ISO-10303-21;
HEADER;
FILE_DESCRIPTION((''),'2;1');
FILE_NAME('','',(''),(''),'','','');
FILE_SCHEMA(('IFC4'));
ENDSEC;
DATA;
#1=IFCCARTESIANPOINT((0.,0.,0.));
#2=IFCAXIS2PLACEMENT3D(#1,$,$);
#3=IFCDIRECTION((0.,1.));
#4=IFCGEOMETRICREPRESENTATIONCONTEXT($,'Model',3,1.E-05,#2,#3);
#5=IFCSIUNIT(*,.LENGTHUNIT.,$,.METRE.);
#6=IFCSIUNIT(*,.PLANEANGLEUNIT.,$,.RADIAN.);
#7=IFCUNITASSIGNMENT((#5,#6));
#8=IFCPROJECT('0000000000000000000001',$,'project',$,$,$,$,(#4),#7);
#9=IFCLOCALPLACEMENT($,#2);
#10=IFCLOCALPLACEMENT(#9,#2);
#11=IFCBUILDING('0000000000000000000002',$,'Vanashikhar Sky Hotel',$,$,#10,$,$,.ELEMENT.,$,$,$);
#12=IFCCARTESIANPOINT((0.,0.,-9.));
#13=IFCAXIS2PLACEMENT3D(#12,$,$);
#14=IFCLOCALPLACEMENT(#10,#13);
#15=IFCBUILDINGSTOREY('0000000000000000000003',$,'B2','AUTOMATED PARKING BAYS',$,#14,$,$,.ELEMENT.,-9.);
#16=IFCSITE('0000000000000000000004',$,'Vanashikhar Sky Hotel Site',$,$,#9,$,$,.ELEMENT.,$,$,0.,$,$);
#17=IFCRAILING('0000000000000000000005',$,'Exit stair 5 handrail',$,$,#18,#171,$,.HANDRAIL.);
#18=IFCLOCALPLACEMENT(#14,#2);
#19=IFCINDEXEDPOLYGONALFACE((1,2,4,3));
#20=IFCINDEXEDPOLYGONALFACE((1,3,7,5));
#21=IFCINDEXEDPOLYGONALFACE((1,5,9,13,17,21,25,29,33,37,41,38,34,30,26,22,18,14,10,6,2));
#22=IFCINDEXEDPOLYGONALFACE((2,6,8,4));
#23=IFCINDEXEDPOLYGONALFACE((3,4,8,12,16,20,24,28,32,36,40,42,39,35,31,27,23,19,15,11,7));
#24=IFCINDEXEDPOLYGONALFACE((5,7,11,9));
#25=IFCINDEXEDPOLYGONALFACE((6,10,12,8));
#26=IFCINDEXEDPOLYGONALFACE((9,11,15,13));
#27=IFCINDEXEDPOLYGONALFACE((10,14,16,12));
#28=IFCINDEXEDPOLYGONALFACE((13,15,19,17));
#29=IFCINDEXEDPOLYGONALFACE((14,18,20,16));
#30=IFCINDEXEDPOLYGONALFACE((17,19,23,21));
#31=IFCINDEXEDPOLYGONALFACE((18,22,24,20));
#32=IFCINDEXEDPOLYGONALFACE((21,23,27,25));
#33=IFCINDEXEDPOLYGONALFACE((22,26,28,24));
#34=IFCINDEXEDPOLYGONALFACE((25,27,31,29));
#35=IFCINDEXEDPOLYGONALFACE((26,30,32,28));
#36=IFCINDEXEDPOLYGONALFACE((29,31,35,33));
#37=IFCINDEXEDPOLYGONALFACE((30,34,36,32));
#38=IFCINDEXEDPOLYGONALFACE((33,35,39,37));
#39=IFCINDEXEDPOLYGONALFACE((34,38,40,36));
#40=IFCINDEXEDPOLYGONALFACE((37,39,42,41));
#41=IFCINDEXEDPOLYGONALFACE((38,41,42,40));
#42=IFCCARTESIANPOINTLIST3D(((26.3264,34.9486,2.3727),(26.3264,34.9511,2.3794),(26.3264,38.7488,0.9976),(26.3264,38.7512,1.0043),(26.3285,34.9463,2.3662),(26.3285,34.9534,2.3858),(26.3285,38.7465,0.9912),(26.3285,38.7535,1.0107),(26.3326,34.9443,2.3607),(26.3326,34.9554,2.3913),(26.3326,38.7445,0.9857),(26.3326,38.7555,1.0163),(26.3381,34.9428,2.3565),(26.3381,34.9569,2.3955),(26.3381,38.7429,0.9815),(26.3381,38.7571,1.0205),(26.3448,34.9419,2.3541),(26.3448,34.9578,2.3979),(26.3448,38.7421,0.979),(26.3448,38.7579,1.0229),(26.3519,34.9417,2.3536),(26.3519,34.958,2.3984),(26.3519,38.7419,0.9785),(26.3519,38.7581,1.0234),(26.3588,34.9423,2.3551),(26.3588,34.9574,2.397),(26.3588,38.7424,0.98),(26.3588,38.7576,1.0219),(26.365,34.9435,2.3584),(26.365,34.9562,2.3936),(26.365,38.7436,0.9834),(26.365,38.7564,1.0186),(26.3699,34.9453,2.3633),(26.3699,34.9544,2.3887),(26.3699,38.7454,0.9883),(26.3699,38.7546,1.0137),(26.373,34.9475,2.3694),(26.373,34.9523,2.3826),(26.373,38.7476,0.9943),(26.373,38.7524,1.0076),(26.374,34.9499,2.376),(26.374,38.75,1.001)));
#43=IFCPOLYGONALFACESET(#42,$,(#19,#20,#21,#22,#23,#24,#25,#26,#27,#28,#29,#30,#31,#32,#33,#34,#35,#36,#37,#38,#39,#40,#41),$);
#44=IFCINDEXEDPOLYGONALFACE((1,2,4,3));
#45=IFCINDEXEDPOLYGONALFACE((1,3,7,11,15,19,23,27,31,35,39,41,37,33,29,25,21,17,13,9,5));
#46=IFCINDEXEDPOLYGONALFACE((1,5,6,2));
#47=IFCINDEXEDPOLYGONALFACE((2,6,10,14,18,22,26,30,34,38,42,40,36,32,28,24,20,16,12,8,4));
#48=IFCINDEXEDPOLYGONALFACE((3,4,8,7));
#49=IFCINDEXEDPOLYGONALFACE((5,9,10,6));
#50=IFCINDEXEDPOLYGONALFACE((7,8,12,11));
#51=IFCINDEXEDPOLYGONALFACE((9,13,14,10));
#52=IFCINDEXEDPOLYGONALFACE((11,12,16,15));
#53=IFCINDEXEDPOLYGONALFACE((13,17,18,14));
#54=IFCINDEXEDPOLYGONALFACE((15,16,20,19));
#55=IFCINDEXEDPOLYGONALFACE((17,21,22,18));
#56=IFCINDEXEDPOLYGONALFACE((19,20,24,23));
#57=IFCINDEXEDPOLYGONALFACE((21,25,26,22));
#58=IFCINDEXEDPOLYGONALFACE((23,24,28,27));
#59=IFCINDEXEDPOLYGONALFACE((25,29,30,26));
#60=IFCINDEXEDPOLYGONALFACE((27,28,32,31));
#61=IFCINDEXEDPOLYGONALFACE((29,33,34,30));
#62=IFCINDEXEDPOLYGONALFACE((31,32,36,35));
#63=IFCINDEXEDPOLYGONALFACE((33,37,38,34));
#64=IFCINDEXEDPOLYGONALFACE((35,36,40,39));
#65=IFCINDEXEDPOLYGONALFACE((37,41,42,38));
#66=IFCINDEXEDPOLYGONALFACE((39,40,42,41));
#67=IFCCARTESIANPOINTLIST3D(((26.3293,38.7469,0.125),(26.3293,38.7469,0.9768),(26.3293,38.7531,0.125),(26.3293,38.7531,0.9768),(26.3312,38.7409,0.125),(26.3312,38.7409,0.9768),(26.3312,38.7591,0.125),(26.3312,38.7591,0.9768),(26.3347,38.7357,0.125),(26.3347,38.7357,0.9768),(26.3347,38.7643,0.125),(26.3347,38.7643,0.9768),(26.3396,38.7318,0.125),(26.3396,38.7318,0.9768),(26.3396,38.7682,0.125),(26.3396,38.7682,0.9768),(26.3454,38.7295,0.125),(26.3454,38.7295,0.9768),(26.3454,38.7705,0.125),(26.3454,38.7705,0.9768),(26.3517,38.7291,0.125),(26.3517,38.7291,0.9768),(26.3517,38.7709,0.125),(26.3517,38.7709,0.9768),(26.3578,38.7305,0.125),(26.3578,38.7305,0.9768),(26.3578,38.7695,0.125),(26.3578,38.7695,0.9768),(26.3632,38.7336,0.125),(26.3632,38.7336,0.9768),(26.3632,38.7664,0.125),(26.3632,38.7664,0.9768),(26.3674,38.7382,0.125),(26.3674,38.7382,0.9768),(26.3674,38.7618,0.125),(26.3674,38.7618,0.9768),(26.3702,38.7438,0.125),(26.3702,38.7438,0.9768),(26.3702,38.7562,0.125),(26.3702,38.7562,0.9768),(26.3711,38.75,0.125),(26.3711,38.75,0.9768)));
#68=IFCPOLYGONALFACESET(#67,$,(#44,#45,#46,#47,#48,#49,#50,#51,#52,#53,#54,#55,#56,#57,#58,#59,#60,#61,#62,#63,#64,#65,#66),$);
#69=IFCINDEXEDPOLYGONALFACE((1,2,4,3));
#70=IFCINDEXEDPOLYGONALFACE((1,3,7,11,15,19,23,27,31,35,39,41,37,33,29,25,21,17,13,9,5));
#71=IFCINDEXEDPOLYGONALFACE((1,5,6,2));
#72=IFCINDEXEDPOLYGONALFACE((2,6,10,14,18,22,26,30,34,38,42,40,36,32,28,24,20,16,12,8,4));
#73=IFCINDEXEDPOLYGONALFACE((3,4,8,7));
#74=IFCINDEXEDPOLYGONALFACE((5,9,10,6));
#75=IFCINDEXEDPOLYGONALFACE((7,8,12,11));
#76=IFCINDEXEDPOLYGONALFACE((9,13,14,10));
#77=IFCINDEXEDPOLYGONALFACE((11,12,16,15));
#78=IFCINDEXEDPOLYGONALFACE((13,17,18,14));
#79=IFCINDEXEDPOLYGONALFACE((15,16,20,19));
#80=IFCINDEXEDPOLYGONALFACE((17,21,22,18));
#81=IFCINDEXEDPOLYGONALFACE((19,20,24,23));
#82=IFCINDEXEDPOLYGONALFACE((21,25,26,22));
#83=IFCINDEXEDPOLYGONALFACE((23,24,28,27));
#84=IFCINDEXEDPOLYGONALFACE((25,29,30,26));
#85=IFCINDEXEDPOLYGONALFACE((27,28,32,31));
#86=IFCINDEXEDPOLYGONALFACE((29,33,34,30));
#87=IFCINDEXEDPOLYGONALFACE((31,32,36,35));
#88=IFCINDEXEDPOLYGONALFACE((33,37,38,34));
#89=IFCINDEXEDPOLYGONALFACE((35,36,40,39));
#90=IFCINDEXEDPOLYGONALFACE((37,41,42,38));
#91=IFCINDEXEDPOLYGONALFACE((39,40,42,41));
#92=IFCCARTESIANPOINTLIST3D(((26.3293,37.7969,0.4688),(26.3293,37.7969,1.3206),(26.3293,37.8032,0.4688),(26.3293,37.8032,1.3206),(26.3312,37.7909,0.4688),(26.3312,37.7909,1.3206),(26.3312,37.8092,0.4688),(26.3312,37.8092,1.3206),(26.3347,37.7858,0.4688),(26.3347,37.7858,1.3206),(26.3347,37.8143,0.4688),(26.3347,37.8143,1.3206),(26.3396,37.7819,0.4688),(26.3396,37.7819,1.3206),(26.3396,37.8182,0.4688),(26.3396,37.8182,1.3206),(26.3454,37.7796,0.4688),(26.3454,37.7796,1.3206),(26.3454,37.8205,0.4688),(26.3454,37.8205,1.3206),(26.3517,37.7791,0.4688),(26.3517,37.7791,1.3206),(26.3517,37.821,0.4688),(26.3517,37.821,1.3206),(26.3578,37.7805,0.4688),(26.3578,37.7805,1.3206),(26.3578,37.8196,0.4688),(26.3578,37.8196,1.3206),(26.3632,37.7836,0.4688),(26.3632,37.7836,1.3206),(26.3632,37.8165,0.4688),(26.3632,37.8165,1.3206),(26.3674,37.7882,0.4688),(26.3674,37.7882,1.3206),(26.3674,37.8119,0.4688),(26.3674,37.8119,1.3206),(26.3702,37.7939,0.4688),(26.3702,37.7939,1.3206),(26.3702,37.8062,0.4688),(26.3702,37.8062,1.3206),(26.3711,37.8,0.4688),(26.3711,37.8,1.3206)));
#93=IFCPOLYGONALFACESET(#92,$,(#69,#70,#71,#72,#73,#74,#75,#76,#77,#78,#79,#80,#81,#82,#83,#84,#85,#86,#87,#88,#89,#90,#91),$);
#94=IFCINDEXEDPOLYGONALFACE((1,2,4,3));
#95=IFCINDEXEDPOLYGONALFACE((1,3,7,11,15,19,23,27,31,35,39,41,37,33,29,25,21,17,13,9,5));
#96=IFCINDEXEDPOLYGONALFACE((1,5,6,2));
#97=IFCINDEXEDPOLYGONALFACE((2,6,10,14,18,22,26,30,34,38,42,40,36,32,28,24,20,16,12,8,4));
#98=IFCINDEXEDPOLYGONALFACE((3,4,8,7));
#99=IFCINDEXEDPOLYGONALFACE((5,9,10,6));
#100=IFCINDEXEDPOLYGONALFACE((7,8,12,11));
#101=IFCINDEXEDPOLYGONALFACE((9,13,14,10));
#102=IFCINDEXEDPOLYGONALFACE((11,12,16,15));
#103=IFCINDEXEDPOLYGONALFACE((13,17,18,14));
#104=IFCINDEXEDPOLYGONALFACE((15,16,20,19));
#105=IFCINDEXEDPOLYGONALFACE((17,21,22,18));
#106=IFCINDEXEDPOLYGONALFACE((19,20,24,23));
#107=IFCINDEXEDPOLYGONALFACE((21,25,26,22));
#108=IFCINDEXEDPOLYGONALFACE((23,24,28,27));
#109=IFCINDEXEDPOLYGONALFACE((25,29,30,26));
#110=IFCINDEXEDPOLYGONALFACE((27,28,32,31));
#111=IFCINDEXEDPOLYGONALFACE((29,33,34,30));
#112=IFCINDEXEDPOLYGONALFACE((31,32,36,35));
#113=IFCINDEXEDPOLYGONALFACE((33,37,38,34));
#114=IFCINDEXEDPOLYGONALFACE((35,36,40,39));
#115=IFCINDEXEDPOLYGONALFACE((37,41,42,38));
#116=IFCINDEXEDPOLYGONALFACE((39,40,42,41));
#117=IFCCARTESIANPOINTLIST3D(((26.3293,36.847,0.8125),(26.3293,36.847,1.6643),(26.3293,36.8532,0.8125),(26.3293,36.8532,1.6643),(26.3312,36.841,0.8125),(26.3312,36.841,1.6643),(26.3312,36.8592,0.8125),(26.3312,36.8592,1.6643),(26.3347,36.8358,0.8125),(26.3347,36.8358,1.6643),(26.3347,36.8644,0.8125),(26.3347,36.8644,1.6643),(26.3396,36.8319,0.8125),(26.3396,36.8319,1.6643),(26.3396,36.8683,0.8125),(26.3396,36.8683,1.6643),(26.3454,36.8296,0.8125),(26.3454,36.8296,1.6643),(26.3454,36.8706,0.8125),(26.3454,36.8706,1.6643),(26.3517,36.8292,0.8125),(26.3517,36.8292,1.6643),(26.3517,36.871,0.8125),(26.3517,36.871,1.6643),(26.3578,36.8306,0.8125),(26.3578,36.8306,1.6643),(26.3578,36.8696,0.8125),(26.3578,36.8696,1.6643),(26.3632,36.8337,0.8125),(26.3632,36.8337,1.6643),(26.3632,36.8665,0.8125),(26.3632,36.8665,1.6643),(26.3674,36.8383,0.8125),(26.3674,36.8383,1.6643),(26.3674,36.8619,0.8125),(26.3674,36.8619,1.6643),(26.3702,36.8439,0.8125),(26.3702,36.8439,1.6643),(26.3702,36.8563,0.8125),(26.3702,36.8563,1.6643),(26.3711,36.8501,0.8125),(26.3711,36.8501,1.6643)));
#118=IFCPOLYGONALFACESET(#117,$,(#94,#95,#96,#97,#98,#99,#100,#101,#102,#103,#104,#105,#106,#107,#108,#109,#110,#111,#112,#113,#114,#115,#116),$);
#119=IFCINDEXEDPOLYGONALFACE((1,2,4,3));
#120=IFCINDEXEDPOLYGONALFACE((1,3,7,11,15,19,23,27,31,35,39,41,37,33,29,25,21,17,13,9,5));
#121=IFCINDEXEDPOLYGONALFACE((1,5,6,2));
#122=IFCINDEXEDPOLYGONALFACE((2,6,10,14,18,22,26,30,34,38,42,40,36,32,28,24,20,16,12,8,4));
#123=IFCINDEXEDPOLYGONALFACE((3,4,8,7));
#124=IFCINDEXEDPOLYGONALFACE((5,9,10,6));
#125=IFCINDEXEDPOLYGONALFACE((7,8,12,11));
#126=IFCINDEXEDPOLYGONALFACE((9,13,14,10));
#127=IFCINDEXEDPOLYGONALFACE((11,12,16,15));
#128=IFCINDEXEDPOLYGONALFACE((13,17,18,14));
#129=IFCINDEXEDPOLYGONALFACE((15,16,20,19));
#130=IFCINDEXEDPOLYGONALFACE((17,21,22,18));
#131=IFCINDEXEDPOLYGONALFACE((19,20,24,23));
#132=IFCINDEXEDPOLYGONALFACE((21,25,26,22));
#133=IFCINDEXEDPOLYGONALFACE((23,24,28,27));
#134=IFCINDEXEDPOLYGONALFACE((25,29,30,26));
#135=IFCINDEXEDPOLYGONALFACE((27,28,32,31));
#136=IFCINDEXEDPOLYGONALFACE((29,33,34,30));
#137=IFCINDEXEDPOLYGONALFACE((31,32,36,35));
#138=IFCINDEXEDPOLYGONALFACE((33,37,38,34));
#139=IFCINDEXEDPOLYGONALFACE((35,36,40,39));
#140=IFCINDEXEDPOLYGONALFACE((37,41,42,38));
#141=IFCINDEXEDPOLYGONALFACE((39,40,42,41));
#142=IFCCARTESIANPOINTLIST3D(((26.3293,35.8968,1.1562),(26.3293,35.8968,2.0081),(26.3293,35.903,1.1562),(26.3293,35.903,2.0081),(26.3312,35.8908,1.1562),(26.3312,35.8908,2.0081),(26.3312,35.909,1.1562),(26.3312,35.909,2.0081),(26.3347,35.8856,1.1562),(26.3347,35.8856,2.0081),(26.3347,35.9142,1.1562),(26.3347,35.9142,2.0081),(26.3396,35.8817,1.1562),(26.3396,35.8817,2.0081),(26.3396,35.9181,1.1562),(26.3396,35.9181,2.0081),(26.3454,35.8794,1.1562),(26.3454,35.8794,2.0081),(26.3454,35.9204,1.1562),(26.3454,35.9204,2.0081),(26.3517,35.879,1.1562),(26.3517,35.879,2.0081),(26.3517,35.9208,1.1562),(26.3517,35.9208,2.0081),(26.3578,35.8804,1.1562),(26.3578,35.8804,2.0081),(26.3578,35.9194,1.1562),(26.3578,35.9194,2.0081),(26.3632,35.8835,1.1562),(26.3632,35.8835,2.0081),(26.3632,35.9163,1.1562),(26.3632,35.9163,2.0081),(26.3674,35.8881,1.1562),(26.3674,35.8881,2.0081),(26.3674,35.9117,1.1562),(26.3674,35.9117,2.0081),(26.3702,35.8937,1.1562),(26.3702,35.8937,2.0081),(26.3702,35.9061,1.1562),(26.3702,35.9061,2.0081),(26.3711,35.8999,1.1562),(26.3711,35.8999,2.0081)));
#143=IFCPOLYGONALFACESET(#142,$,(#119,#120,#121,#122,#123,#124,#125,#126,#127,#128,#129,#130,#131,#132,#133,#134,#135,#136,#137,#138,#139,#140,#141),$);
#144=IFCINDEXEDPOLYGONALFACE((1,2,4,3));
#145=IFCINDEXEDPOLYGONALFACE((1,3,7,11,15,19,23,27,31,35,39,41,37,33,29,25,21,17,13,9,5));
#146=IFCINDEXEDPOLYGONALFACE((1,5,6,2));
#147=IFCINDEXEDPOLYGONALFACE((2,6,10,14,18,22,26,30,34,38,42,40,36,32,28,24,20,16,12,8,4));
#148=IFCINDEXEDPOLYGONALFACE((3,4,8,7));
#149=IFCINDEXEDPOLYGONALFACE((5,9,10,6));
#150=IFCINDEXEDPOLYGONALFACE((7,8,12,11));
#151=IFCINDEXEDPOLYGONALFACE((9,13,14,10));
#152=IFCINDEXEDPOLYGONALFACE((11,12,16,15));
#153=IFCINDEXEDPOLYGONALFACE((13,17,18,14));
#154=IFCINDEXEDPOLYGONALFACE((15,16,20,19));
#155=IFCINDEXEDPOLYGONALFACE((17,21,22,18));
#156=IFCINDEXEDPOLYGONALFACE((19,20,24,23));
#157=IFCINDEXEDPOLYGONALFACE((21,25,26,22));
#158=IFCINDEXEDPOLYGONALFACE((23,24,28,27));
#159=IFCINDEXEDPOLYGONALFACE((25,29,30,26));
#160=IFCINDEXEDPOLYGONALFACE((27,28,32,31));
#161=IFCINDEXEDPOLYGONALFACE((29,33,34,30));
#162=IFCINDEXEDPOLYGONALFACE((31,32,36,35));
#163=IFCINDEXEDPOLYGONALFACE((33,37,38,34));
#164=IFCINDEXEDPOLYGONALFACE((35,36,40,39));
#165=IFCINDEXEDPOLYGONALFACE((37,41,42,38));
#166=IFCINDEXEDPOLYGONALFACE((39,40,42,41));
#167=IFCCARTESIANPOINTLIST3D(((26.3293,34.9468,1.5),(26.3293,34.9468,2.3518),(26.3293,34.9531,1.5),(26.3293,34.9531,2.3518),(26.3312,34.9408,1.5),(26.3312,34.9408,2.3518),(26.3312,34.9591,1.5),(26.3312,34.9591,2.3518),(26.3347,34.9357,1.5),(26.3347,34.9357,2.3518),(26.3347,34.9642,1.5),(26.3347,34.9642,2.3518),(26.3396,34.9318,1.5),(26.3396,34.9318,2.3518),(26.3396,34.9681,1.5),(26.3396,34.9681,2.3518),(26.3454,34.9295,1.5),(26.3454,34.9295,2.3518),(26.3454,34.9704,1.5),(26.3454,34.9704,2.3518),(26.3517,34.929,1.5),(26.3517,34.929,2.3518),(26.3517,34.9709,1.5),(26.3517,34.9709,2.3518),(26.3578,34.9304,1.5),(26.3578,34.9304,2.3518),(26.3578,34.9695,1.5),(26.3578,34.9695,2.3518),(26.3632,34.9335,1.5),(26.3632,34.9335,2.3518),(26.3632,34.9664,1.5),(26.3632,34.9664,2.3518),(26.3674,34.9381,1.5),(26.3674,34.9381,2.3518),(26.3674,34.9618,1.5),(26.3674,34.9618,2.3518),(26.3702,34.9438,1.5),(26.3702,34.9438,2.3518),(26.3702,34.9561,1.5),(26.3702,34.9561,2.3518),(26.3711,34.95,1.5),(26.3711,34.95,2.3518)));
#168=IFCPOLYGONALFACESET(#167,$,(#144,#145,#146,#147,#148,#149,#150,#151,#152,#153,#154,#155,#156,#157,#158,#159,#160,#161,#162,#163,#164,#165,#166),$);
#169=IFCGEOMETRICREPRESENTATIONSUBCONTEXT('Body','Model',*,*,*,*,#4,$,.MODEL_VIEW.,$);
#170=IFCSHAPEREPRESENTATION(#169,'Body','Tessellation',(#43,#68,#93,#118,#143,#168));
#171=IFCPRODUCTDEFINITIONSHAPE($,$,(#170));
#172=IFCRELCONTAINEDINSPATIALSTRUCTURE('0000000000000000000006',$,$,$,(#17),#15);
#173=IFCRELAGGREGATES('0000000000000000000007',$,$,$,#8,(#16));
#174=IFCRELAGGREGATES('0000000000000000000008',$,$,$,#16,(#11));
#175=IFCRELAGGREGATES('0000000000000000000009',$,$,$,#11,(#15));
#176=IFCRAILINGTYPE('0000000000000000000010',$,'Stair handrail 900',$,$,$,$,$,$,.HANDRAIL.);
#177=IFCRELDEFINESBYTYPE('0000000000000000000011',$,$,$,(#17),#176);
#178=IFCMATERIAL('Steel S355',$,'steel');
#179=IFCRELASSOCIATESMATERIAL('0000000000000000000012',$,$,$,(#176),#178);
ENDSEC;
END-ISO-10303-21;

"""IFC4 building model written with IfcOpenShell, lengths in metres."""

from ifc_helpers import new_model, si_unit, direction, frame, origin, origin_2d, place, context, subcontext, project, spatial, circle, extrude, source, transform, mapped, material, type_object, element, save


model = new_model("IFC4")

# Units and contexts
model_context = context("Model", 3, precision=1e-05, world=origin(), true_north=direction((0.0, 1.0)))
body_context = subcontext(model_context, "Body", "Model", "MODEL_VIEW")
ifc_project = project(units=[si_unit("LENGTHUNIT", "METRE"), si_unit("PLANEANGLEUNIT", "RADIAN")], contexts=[model_context])

# Site, building, storey
site_placement = place(None, origin())
site = spatial("IfcSite", under=ifc_project, at=site_placement, Name="Vanashikhar Sky Hotel Site", CompositionType="ELEMENT", RefElevation=0.0)
building_placement = place(site_placement, origin())
building = spatial("IfcBuilding", under=site, at=building_placement, Name="Vanashikhar Sky Hotel", CompositionType="ELEMENT")
storey_placement = place(building_placement, frame((0.0, 0.0, -9.0)))
storey = spatial("IfcBuildingStorey", under=building, at=storey_placement, Name="B2", Description="AUTOMATED PARKING BAYS", CompositionType="ELEMENT", Elevation=-9.0)

# Railing
ifc_material_1 = material(Name="Steel S355", Category="steel")
railing_type_1 = type_object("IfcRailingType", Name="Stair handrail 900", PredefinedType="HANDRAIL", material=ifc_material_1)
shared_shape_1 = source(origin(), body_context, "Body", "SweptSolid", [
    extrude(circle(Radius=0.0239, at=origin_2d()), frame((0.0, 0.0, 0.876), z_axis=(0.0, -0.940336, 0.340249), x_axis=(1.0, 0.0, 0.0)), (0.0, 0.0, 1.0), 4.0413),
    extrude(circle(Radius=0.021, at=origin_2d()), origin(), (0.0, 0.0, 1.0), 0.8518),
    extrude(circle(Radius=0.021, at=origin_2d()), frame((0.0, -0.95, 0.3438)), (0.0, 0.0, 1.0), 0.8518),
    extrude(circle(Radius=0.021, at=origin_2d()), frame((0.0, -1.8999, 0.6875)), (0.0, 0.0, 1.0), 0.8518),
    extrude(circle(Radius=0.021, at=origin_2d()), frame((0.0, -2.8501, 1.0312)), (0.0, 0.0, 1.0), 0.8518),
    extrude(circle(Radius=0.021, at=origin_2d()), frame((0.0, -3.8, 1.375)), (0.0, 0.0, 1.0), 0.8518),
])
for number, where, name in (
    (1, (26.3501, 38.75, 0.125), "Exit stair 5 handrail"),
):
    element("IfcRailing", number, at=place(storey_placement, frame(where)), inside=storey, type_object=railing_type_1, Name=name, PredefinedType="HANDRAIL", context=body_context, shape_type="MappedRepresentation", body=[
        mapped(shared_shape_1, transform((0.0, 0.0, 0.0), scale=1.0)),
    ])

save(model, "model.ifc")
